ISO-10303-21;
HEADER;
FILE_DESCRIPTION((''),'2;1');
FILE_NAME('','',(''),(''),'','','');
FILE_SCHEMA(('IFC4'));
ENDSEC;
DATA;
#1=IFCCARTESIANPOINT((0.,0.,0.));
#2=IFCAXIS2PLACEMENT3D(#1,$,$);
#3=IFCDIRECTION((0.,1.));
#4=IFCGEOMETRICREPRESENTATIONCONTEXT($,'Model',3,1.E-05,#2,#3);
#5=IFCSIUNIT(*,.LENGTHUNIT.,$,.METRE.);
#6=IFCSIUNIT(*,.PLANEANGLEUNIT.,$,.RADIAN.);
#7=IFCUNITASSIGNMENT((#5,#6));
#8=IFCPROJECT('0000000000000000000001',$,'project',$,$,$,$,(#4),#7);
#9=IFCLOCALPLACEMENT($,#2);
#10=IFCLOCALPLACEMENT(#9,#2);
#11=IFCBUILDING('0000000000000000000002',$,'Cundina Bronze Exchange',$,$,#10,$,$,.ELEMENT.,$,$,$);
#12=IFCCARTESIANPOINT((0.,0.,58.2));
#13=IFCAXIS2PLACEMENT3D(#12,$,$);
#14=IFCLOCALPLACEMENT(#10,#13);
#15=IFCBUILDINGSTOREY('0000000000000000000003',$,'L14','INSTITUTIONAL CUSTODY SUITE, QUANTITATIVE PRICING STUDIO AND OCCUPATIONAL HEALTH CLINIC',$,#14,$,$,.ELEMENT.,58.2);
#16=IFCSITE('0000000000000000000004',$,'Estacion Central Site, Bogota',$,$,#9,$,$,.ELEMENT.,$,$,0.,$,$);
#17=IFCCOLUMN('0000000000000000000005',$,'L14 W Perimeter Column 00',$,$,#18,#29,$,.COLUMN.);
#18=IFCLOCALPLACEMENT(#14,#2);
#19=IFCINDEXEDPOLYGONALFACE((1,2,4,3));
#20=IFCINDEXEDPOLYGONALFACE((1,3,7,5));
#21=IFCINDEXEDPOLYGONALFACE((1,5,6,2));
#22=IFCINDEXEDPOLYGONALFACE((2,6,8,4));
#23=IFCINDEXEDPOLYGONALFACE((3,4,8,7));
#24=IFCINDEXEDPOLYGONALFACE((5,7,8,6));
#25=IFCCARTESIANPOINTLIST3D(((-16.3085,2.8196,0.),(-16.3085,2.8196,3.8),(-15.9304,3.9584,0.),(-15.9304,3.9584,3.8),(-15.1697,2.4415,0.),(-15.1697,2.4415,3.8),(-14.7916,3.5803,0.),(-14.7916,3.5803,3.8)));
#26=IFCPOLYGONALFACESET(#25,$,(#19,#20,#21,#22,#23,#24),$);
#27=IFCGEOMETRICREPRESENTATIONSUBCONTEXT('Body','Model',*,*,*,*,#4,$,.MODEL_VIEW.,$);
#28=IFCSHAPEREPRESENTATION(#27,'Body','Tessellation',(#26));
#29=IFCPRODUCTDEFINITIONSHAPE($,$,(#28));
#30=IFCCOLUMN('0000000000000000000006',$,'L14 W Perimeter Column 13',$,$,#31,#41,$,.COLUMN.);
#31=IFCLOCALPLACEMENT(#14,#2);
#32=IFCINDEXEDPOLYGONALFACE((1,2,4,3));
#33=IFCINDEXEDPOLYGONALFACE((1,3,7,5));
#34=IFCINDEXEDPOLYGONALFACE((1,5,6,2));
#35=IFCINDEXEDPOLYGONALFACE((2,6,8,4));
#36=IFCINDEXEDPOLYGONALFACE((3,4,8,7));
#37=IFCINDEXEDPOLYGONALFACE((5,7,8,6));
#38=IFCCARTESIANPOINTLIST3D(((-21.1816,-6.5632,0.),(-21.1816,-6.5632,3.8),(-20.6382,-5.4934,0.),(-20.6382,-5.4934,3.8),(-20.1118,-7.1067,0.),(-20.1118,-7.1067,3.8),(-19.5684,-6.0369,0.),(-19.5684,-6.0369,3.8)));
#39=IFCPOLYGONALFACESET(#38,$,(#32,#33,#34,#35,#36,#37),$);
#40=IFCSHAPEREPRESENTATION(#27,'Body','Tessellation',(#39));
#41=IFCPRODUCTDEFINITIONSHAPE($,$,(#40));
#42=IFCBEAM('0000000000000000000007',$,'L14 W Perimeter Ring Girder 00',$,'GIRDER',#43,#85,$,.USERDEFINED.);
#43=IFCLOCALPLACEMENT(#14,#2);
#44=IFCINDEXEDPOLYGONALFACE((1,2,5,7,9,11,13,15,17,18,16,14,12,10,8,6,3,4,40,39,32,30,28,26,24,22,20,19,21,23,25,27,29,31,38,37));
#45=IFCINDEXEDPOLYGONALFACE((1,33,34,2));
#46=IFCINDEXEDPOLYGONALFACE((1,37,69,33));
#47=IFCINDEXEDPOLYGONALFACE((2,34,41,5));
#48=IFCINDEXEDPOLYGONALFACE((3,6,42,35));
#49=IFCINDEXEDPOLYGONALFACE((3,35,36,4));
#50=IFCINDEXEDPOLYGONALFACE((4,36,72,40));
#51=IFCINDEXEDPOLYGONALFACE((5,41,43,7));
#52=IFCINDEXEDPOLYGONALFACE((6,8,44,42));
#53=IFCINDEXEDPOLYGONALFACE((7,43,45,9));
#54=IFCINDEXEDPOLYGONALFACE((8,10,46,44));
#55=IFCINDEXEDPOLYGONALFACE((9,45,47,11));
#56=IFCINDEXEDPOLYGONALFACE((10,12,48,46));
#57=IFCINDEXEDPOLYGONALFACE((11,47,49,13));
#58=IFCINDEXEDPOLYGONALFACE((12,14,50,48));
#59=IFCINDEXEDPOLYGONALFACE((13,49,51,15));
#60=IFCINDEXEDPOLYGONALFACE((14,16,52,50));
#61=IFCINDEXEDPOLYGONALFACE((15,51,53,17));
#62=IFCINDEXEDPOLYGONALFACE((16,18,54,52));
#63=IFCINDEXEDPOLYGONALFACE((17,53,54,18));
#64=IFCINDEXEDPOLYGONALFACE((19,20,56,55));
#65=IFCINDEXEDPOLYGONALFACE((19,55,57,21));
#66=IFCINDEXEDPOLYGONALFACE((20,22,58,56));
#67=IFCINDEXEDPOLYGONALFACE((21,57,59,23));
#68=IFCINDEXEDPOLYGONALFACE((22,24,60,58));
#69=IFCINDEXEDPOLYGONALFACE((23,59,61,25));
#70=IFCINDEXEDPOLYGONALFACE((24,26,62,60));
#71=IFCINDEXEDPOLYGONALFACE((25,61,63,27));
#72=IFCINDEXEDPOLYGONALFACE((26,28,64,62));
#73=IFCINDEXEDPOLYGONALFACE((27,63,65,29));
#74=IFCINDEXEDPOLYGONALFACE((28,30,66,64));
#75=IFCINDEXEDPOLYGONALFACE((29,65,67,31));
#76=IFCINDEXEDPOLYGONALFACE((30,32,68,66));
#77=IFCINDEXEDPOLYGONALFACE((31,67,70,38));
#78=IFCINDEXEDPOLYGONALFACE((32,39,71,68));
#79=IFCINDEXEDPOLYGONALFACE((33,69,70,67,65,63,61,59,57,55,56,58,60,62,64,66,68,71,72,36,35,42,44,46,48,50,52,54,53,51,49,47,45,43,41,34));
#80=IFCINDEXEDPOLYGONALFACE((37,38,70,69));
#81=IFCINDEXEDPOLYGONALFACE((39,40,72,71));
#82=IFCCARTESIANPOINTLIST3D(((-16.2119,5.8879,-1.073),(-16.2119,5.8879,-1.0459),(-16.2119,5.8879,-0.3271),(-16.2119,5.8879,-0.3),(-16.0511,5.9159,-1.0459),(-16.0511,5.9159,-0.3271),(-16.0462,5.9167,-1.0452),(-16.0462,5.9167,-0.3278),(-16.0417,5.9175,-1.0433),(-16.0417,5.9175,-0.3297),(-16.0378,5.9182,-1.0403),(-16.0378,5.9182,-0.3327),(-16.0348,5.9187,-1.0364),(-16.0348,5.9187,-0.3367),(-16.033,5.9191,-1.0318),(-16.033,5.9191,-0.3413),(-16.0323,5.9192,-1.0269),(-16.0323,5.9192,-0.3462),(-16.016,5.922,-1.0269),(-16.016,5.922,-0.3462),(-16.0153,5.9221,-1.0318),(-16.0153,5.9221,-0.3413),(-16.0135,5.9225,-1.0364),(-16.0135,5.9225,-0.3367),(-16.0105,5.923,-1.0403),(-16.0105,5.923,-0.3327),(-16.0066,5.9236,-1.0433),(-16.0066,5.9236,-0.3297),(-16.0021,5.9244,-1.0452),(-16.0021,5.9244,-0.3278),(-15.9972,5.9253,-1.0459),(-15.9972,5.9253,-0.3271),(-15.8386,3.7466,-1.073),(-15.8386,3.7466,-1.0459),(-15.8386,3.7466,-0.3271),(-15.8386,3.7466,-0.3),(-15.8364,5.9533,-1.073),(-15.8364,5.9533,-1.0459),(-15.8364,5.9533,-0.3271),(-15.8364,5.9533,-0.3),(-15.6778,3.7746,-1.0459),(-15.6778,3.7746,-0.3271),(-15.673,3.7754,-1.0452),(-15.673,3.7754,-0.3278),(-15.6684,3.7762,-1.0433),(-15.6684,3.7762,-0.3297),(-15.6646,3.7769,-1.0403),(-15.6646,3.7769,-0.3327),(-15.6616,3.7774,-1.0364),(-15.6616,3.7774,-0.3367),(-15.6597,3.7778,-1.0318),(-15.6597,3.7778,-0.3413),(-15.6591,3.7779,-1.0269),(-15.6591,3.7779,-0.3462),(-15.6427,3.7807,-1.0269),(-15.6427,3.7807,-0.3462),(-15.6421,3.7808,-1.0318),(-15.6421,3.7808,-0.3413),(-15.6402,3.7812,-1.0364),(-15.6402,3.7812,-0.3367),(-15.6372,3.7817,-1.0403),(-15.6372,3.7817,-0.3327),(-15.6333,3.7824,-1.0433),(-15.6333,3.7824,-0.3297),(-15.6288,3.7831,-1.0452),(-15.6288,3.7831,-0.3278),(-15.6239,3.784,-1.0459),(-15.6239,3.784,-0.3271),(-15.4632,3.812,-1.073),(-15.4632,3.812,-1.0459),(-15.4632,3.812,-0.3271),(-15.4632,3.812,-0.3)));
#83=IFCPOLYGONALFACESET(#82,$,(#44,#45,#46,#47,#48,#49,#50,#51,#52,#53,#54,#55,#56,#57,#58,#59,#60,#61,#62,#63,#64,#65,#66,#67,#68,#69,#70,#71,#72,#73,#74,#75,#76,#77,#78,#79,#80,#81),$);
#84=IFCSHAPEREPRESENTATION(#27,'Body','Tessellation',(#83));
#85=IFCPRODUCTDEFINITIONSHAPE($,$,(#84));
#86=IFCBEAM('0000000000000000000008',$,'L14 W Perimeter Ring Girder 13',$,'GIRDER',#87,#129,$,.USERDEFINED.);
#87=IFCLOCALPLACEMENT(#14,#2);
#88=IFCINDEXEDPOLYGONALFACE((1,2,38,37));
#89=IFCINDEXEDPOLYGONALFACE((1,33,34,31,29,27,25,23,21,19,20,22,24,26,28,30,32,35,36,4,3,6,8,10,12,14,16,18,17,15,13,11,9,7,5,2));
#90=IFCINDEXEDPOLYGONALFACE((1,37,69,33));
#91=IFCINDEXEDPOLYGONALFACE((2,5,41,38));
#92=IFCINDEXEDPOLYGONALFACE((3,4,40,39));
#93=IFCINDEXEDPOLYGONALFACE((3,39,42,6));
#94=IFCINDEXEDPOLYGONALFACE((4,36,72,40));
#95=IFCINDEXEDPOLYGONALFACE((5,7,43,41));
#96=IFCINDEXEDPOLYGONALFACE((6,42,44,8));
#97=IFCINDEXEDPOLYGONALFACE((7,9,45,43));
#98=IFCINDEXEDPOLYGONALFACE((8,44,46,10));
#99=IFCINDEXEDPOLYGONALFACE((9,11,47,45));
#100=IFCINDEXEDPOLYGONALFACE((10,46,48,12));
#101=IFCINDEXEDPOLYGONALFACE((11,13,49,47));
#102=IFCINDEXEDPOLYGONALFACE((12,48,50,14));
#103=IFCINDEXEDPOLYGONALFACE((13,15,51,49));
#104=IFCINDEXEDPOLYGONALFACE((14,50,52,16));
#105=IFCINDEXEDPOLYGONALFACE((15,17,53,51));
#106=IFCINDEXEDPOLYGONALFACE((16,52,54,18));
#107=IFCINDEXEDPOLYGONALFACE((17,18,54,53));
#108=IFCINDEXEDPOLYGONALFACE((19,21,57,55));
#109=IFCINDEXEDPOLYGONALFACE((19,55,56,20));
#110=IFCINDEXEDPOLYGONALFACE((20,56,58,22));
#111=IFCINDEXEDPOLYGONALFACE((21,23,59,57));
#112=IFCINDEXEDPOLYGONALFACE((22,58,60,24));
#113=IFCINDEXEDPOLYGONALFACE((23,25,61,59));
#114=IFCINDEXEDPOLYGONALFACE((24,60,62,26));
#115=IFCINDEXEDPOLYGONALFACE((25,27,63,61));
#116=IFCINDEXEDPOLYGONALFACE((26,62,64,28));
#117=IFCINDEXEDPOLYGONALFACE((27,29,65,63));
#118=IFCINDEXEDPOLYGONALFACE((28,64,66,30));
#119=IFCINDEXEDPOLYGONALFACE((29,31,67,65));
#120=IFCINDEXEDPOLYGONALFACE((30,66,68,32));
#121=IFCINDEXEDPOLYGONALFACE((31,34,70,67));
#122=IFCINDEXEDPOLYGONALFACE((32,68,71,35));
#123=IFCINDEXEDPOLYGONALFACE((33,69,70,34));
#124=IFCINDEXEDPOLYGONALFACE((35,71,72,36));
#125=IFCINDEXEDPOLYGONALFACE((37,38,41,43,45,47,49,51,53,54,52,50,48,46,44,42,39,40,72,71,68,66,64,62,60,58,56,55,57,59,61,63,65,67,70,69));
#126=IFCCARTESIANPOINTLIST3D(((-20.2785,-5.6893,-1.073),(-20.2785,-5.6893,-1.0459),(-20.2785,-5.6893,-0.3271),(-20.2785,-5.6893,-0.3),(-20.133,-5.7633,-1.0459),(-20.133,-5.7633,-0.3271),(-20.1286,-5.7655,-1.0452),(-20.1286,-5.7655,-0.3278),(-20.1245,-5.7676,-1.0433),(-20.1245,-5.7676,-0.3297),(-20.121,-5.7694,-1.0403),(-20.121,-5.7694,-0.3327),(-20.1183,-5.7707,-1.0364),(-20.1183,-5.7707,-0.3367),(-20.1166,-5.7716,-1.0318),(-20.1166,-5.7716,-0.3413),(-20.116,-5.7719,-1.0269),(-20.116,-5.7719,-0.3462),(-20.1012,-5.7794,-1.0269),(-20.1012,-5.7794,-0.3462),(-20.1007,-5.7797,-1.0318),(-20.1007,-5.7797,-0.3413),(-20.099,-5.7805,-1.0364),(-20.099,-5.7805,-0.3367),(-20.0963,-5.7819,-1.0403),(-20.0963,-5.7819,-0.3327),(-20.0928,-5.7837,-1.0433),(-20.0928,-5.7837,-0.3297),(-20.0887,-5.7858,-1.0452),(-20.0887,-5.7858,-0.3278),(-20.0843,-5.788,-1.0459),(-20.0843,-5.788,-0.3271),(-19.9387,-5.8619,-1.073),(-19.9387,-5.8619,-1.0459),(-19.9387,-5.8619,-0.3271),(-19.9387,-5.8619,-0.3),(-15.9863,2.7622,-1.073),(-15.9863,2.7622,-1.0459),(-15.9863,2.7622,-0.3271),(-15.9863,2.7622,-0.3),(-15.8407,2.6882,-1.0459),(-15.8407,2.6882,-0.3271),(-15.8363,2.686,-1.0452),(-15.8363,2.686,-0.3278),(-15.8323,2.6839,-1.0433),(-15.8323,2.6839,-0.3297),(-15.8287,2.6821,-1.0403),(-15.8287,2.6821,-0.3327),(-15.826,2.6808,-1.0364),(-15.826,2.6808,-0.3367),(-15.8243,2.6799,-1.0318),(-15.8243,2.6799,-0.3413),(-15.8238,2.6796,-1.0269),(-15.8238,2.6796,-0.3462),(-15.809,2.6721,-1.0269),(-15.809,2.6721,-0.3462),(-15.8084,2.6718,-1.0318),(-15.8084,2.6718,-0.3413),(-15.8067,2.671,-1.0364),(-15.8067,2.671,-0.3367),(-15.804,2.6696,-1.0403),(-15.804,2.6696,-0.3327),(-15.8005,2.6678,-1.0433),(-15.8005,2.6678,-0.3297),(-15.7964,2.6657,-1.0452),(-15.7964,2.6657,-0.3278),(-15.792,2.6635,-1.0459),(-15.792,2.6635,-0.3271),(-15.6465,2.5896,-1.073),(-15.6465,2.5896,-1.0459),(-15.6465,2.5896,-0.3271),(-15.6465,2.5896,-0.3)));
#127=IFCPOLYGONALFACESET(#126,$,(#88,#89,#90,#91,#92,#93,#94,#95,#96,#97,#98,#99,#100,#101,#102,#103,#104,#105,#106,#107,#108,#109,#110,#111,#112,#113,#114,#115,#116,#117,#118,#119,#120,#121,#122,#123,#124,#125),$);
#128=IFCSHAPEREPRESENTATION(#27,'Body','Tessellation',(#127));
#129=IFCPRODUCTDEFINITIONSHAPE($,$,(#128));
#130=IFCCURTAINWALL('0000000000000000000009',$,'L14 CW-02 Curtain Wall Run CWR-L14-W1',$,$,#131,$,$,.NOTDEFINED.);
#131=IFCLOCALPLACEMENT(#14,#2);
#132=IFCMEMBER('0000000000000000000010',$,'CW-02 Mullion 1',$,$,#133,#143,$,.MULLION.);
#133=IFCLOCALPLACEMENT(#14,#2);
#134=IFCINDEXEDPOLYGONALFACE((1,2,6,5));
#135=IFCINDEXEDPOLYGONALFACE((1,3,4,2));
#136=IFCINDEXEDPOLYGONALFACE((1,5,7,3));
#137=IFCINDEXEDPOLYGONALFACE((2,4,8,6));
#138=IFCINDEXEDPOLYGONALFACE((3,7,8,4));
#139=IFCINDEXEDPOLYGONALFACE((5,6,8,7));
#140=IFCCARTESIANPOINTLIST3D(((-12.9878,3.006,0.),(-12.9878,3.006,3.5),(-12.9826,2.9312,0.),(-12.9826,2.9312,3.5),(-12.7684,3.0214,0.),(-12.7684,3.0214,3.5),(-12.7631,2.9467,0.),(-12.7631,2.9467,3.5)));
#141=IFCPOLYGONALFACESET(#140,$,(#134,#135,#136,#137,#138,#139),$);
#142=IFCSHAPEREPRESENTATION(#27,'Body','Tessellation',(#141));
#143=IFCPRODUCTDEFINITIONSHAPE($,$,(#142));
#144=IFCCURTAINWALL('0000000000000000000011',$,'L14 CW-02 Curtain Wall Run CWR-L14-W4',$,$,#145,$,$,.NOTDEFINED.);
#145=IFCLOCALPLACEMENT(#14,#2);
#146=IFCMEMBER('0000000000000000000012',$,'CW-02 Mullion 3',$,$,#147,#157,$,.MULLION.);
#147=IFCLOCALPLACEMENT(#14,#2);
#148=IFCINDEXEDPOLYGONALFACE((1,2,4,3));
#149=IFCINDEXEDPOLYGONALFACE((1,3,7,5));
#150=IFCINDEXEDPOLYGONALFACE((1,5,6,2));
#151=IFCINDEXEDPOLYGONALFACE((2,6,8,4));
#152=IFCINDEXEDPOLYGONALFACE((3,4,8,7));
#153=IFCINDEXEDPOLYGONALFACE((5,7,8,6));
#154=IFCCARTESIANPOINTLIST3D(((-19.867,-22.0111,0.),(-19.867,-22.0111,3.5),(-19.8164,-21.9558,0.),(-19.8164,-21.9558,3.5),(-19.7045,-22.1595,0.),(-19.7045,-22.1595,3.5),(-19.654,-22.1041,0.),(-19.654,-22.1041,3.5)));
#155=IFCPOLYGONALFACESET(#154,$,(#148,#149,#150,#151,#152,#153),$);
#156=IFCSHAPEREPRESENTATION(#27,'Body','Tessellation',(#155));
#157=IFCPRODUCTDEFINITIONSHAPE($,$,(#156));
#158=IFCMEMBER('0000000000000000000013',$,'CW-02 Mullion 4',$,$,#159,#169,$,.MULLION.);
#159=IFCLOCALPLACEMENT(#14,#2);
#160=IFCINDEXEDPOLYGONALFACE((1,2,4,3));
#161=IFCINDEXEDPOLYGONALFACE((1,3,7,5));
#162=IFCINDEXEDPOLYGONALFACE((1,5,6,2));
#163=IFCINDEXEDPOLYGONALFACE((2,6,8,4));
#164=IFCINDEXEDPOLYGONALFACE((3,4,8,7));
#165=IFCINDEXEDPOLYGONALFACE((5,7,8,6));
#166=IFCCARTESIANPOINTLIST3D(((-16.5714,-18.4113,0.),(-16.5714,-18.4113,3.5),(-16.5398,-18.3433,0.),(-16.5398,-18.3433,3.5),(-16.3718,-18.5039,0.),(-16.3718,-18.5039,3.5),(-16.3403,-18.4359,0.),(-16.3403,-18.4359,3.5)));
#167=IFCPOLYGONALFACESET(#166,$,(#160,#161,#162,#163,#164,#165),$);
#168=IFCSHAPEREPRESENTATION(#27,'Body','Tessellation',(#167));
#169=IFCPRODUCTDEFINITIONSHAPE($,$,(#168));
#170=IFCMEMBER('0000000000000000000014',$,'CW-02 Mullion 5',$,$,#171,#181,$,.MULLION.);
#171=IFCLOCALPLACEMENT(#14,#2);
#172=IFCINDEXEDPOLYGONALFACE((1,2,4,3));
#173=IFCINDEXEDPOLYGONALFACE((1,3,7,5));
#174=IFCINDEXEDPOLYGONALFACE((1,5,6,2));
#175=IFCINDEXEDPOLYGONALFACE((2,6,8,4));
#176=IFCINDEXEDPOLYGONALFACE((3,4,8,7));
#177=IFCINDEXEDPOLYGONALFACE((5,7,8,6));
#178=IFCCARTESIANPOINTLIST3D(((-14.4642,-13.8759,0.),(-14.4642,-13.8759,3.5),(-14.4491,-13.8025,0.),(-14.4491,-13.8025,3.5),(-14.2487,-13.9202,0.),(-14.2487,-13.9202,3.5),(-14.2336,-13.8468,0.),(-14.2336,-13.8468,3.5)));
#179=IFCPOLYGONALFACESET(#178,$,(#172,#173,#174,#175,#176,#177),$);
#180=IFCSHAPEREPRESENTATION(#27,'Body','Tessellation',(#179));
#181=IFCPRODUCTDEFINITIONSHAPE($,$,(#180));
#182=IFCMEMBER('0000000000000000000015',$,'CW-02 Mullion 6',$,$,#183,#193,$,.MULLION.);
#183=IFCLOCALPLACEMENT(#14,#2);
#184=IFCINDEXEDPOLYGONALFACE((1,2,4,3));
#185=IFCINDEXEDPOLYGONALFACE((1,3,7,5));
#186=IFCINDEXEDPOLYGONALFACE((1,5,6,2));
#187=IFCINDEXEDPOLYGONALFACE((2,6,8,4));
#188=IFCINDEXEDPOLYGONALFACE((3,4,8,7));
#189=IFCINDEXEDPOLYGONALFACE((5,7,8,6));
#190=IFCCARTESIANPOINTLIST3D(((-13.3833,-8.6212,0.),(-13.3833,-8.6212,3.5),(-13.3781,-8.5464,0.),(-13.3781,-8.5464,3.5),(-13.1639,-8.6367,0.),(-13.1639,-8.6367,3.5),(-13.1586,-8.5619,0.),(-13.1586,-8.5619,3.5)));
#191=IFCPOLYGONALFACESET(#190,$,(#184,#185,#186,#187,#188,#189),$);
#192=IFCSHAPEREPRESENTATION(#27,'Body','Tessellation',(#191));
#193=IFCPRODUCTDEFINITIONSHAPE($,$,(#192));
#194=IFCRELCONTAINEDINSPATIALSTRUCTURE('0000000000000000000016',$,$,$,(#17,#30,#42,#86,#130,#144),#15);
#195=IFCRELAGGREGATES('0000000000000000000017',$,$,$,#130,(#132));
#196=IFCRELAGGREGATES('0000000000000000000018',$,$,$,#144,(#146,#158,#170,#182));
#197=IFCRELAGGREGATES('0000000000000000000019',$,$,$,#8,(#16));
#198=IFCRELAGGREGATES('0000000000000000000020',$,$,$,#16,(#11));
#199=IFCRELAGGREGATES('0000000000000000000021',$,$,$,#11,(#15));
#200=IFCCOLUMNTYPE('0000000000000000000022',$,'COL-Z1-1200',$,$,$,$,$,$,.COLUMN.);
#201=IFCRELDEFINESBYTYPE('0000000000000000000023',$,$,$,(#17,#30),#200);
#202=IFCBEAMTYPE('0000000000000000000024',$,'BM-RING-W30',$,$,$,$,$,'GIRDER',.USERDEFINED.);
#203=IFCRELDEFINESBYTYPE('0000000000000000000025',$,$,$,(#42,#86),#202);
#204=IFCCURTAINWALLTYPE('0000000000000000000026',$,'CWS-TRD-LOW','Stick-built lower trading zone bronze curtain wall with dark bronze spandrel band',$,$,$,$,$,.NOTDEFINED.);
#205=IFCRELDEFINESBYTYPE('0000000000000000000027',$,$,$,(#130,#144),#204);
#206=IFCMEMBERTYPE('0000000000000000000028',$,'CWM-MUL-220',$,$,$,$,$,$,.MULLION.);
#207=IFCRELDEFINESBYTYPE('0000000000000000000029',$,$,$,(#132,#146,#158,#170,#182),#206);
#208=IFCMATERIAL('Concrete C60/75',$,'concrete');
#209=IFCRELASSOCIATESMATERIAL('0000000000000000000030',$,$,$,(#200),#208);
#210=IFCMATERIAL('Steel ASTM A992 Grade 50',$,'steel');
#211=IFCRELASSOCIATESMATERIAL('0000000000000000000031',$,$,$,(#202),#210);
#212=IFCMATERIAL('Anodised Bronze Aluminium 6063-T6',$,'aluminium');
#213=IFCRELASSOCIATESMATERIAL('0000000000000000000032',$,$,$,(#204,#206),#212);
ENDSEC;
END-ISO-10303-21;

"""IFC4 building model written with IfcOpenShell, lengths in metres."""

from ifc_helpers import new_model, si_unit, direction, frame, origin, origin_2d, place, context, subcontext, project, spatial, rectangle, i_section, extrude, material, material_profile, profile_set, type_object, element, aggregate, save


model = new_model("IFC4")

# Units and contexts
model_context = context("Model", 3, precision=1e-05, world=origin(), true_north=direction((0.0, 1.0)))
body_context = subcontext(model_context, "Body", "Model", "MODEL_VIEW")
ifc_project = project(units=[si_unit("LENGTHUNIT", "METRE"), si_unit("PLANEANGLEUNIT", "RADIAN")], contexts=[model_context])

# Site, building, storey
site_placement = place(None, origin())
site = spatial("IfcSite", under=ifc_project, at=site_placement, Name="Estacion Central Site, Bogota", CompositionType="ELEMENT", RefElevation=0.0)
building_placement = place(site_placement, origin())
building = spatial("IfcBuilding", under=site, at=building_placement, Name="Cundina Bronze Exchange", CompositionType="ELEMENT")
storey_placement = place(building_placement, frame((0.0, 0.0, 58.2)))
storey = spatial("IfcBuildingStorey", under=building, at=storey_placement, Name="L14", Description="INSTITUTIONAL CUSTODY SUITE, QUANTITATIVE PRICING STUDIO AND OCCUPATIONAL HEALTH CLINIC", CompositionType="ELEMENT", Elevation=58.2)

# Columns
ifc_material_1 = material(Name="Concrete C60/75", Category="concrete")
ifc_material_profile_1 = material_profile(ifc_material_1, rectangle(XDim=1.2, YDim=1.2, at=origin_2d()), Name="RC1200X1200", Category="concrete")
ifc_profile_set_1 = profile_set([ifc_material_profile_1], Name="Concrete C60/75")
column_type = type_object("IfcColumnType", Name="COL-Z1-1200", PredefinedType="COLUMN", material=ifc_profile_set_1)
for number, where, z_axis, x_axis, name in (
    (1, (-15.55, 3.2, 0.0), (0.0, 0.0, 1.0), (0.315152, 0.949041, 0.0), "L14 W Perimeter Column 00"),
    (2, (-20.375, -6.3, 0.0), (0.0, 0.0, 1.0), (0.452902, 0.891561, 0.0), "L14 W Perimeter Column 13"),
):
    element("IfcColumn", number, at=place(storey_placement, frame(where, z_axis=z_axis, x_axis=x_axis)), inside=storey, type_object=column_type, Name=name, PredefinedType="COLUMN", context=body_context, shape_type="SweptSolid", body=[
        extrude(rectangle(XDim=1.2, YDim=1.2, at=origin_2d()), origin(), (0.0, 0.0, 1.0), 3.8),
    ])

# Beams
ifc_material_2 = material(Name="Steel ASTM A992 Grade 50", Category="steel")
ifc_material_profile_2 = material_profile(ifc_material_2, i_section(OverallWidth=0.3811, OverallDepth=0.7729, WebThickness=0.0166, FlangeThickness=0.0271, FilletRadius=0.019, at=origin_2d()), Name="W30X173", Category="steel")
ifc_profile_set_2 = profile_set([ifc_material_profile_2], Name="Steel ASTM A992 Grade 50")
beam_type = type_object("IfcBeamType", Name="BM-RING-W30", ElementType="GIRDER", PredefinedType="USERDEFINED", material=ifc_profile_set_2)
beam_1_placement = place(storey_placement, frame((-15.6509, 3.7793, -0.6865), z_axis=(-0.171735, 0.985143, 0.0), x_axis=(-0.985143, -0.171735, 0.0)))
element("IfcBeam", 3, at=beam_1_placement, inside=storey, type_object=beam_type, Name="L14 W Perimeter Ring Girder 00", ObjectType="GIRDER", PredefinedType="USERDEFINED", context=body_context, shape_type="SweptSolid", body=[
    extrude(i_section(OverallWidth=0.3811, OverallDepth=0.7729, WebThickness=0.0166, FlangeThickness=0.0271, FilletRadius=0.019, at=origin_2d()), origin(), (0.0, 0.0, 1.0), 2.1736),
])
beam_2_placement = place(storey_placement, frame((-20.1086, -5.7756, -0.6865), z_axis=(0.45282, 0.891602, 0.0), x_axis=(-0.891602, 0.45282, 0.0)))
element("IfcBeam", 4, at=beam_2_placement, inside=storey, type_object=beam_type, Name="L14 W Perimeter Ring Girder 13", ObjectType="GIRDER", PredefinedType="USERDEFINED", context=body_context, shape_type="SweptSolid", body=[
    extrude(i_section(OverallWidth=0.3811, OverallDepth=0.7729, WebThickness=0.0166, FlangeThickness=0.0271, FilletRadius=0.019, at=origin_2d()), origin(), (0.0, 0.0, 1.0), 9.479),
])

# Curtain wall, member
ifc_material_3 = material(Name="Anodised Bronze Aluminium 6063-T6", Category="aluminium")
curtain_wall_type = type_object("IfcCurtainWallType", Name="CWS-TRD-LOW", Description="Stick-built lower trading zone bronze curtain wall with dark bronze spandrel band", PredefinedType="NOTDEFINED", material=ifc_material_3)
curtain_wall_1_placement = place(storey_placement, origin())
curtain_wall_1 = element("IfcCurtainWall", 5, at=curtain_wall_1_placement, inside=storey, type_object=curtain_wall_type, Name="L14 CW-02 Curtain Wall Run CWR-L14-W1", PredefinedType="NOTDEFINED")
ifc_material_profile_3 = material_profile(ifc_material_3, rectangle(XDim=0.075, YDim=0.22, at=origin_2d()), Name="AL75X220", Category="aluminium")
ifc_profile_set_3 = profile_set([ifc_material_profile_3], Name="Anodised Bronze Aluminium 6063-T6")
member_type_1 = type_object("IfcMemberType", Name="CWM-MUL-220", PredefinedType="MULLION", material=ifc_profile_set_3)
member_1_placement = place(storey_placement, frame((-12.8755, 2.9763, 0.0), z_axis=(0.0, 0.0, 1.0), x_axis=(-0.070279, 0.997527, 0.0)))
member_1 = element("IfcMember", 6, at=member_1_placement, type_object=member_type_1, Name="CW-02 Mullion 1", PredefinedType="MULLION", context=body_context, shape_type="SweptSolid", body=[
    extrude(rectangle(XDim=0.075, YDim=0.22, at=origin_2d()), origin(), (0.0, 0.0, 1.0), 3.5),
])

# Curtain wall, members
curtain_wall_2_placement = place(storey_placement, origin())
curtain_wall_2 = element("IfcCurtainWall", 7, at=curtain_wall_2_placement, inside=storey, type_object=curtain_wall_type, Name="L14 CW-02 Curtain Wall Run CWR-L14-W4", PredefinedType="NOTDEFINED")
member_2_placement = place(storey_placement, frame((-19.7605, -22.0576, 0.0), z_axis=(0.0, 0.0, 1.0), x_axis=(0.674302, 0.738455, 0.0)))
member_2 = element("IfcMember", 8, at=member_2_placement, type_object=member_type_1, Name="CW-02 Mullion 3", PredefinedType="MULLION", context=body_context, shape_type="SweptSolid", body=[
    extrude(rectangle(XDim=0.075, YDim=0.22, at=origin_2d()), origin(), (0.0, 0.0, 1.0), 3.5),
])
member_3_placement = place(storey_placement, frame((-16.4558, -18.4236, 0.0), z_axis=(0.0, 0.0, 1.0), x_axis=(0.420877, 0.907117, 0.0)))
member_3 = element("IfcMember", 9, at=member_3_placement, type_object=member_type_1, Name="CW-02 Mullion 4", PredefinedType="MULLION", context=body_context, shape_type="SweptSolid", body=[
    extrude(rectangle(XDim=0.075, YDim=0.22, at=origin_2d()), origin(), (0.0, 0.0, 1.0), 3.5),
])
member_4_placement = place(storey_placement, frame((-14.3489, -13.8613, 0.0), z_axis=(0.0, 0.0, 1.0), x_axis=(0.20142, 0.979505, 0.0)))
member_4 = element("IfcMember", 10, at=member_4_placement, type_object=member_type_1, Name="CW-02 Mullion 5", PredefinedType="MULLION", context=body_context, shape_type="SweptSolid", body=[
    extrude(rectangle(XDim=0.075, YDim=0.22, at=origin_2d()), origin(), (0.0, 0.0, 1.0), 3.5),
])
member_5_placement = place(storey_placement, frame((-13.271, -8.5916, 0.0), z_axis=(0.0, 0.0, 1.0), x_axis=(0.070279, 0.997527, 0.0)))
member_5 = element("IfcMember", 11, at=member_5_placement, type_object=member_type_1, Name="CW-02 Mullion 6", PredefinedType="MULLION", context=body_context, shape_type="SweptSolid", body=[
    extrude(rectangle(XDim=0.075, YDim=0.22, at=origin_2d()), origin(), (0.0, 0.0, 1.0), 3.5),
])

aggregate(curtain_wall_1, [member_1])

aggregate(curtain_wall_2, [member_2, member_3, member_4, member_5])

save(model, "model.ifc")
